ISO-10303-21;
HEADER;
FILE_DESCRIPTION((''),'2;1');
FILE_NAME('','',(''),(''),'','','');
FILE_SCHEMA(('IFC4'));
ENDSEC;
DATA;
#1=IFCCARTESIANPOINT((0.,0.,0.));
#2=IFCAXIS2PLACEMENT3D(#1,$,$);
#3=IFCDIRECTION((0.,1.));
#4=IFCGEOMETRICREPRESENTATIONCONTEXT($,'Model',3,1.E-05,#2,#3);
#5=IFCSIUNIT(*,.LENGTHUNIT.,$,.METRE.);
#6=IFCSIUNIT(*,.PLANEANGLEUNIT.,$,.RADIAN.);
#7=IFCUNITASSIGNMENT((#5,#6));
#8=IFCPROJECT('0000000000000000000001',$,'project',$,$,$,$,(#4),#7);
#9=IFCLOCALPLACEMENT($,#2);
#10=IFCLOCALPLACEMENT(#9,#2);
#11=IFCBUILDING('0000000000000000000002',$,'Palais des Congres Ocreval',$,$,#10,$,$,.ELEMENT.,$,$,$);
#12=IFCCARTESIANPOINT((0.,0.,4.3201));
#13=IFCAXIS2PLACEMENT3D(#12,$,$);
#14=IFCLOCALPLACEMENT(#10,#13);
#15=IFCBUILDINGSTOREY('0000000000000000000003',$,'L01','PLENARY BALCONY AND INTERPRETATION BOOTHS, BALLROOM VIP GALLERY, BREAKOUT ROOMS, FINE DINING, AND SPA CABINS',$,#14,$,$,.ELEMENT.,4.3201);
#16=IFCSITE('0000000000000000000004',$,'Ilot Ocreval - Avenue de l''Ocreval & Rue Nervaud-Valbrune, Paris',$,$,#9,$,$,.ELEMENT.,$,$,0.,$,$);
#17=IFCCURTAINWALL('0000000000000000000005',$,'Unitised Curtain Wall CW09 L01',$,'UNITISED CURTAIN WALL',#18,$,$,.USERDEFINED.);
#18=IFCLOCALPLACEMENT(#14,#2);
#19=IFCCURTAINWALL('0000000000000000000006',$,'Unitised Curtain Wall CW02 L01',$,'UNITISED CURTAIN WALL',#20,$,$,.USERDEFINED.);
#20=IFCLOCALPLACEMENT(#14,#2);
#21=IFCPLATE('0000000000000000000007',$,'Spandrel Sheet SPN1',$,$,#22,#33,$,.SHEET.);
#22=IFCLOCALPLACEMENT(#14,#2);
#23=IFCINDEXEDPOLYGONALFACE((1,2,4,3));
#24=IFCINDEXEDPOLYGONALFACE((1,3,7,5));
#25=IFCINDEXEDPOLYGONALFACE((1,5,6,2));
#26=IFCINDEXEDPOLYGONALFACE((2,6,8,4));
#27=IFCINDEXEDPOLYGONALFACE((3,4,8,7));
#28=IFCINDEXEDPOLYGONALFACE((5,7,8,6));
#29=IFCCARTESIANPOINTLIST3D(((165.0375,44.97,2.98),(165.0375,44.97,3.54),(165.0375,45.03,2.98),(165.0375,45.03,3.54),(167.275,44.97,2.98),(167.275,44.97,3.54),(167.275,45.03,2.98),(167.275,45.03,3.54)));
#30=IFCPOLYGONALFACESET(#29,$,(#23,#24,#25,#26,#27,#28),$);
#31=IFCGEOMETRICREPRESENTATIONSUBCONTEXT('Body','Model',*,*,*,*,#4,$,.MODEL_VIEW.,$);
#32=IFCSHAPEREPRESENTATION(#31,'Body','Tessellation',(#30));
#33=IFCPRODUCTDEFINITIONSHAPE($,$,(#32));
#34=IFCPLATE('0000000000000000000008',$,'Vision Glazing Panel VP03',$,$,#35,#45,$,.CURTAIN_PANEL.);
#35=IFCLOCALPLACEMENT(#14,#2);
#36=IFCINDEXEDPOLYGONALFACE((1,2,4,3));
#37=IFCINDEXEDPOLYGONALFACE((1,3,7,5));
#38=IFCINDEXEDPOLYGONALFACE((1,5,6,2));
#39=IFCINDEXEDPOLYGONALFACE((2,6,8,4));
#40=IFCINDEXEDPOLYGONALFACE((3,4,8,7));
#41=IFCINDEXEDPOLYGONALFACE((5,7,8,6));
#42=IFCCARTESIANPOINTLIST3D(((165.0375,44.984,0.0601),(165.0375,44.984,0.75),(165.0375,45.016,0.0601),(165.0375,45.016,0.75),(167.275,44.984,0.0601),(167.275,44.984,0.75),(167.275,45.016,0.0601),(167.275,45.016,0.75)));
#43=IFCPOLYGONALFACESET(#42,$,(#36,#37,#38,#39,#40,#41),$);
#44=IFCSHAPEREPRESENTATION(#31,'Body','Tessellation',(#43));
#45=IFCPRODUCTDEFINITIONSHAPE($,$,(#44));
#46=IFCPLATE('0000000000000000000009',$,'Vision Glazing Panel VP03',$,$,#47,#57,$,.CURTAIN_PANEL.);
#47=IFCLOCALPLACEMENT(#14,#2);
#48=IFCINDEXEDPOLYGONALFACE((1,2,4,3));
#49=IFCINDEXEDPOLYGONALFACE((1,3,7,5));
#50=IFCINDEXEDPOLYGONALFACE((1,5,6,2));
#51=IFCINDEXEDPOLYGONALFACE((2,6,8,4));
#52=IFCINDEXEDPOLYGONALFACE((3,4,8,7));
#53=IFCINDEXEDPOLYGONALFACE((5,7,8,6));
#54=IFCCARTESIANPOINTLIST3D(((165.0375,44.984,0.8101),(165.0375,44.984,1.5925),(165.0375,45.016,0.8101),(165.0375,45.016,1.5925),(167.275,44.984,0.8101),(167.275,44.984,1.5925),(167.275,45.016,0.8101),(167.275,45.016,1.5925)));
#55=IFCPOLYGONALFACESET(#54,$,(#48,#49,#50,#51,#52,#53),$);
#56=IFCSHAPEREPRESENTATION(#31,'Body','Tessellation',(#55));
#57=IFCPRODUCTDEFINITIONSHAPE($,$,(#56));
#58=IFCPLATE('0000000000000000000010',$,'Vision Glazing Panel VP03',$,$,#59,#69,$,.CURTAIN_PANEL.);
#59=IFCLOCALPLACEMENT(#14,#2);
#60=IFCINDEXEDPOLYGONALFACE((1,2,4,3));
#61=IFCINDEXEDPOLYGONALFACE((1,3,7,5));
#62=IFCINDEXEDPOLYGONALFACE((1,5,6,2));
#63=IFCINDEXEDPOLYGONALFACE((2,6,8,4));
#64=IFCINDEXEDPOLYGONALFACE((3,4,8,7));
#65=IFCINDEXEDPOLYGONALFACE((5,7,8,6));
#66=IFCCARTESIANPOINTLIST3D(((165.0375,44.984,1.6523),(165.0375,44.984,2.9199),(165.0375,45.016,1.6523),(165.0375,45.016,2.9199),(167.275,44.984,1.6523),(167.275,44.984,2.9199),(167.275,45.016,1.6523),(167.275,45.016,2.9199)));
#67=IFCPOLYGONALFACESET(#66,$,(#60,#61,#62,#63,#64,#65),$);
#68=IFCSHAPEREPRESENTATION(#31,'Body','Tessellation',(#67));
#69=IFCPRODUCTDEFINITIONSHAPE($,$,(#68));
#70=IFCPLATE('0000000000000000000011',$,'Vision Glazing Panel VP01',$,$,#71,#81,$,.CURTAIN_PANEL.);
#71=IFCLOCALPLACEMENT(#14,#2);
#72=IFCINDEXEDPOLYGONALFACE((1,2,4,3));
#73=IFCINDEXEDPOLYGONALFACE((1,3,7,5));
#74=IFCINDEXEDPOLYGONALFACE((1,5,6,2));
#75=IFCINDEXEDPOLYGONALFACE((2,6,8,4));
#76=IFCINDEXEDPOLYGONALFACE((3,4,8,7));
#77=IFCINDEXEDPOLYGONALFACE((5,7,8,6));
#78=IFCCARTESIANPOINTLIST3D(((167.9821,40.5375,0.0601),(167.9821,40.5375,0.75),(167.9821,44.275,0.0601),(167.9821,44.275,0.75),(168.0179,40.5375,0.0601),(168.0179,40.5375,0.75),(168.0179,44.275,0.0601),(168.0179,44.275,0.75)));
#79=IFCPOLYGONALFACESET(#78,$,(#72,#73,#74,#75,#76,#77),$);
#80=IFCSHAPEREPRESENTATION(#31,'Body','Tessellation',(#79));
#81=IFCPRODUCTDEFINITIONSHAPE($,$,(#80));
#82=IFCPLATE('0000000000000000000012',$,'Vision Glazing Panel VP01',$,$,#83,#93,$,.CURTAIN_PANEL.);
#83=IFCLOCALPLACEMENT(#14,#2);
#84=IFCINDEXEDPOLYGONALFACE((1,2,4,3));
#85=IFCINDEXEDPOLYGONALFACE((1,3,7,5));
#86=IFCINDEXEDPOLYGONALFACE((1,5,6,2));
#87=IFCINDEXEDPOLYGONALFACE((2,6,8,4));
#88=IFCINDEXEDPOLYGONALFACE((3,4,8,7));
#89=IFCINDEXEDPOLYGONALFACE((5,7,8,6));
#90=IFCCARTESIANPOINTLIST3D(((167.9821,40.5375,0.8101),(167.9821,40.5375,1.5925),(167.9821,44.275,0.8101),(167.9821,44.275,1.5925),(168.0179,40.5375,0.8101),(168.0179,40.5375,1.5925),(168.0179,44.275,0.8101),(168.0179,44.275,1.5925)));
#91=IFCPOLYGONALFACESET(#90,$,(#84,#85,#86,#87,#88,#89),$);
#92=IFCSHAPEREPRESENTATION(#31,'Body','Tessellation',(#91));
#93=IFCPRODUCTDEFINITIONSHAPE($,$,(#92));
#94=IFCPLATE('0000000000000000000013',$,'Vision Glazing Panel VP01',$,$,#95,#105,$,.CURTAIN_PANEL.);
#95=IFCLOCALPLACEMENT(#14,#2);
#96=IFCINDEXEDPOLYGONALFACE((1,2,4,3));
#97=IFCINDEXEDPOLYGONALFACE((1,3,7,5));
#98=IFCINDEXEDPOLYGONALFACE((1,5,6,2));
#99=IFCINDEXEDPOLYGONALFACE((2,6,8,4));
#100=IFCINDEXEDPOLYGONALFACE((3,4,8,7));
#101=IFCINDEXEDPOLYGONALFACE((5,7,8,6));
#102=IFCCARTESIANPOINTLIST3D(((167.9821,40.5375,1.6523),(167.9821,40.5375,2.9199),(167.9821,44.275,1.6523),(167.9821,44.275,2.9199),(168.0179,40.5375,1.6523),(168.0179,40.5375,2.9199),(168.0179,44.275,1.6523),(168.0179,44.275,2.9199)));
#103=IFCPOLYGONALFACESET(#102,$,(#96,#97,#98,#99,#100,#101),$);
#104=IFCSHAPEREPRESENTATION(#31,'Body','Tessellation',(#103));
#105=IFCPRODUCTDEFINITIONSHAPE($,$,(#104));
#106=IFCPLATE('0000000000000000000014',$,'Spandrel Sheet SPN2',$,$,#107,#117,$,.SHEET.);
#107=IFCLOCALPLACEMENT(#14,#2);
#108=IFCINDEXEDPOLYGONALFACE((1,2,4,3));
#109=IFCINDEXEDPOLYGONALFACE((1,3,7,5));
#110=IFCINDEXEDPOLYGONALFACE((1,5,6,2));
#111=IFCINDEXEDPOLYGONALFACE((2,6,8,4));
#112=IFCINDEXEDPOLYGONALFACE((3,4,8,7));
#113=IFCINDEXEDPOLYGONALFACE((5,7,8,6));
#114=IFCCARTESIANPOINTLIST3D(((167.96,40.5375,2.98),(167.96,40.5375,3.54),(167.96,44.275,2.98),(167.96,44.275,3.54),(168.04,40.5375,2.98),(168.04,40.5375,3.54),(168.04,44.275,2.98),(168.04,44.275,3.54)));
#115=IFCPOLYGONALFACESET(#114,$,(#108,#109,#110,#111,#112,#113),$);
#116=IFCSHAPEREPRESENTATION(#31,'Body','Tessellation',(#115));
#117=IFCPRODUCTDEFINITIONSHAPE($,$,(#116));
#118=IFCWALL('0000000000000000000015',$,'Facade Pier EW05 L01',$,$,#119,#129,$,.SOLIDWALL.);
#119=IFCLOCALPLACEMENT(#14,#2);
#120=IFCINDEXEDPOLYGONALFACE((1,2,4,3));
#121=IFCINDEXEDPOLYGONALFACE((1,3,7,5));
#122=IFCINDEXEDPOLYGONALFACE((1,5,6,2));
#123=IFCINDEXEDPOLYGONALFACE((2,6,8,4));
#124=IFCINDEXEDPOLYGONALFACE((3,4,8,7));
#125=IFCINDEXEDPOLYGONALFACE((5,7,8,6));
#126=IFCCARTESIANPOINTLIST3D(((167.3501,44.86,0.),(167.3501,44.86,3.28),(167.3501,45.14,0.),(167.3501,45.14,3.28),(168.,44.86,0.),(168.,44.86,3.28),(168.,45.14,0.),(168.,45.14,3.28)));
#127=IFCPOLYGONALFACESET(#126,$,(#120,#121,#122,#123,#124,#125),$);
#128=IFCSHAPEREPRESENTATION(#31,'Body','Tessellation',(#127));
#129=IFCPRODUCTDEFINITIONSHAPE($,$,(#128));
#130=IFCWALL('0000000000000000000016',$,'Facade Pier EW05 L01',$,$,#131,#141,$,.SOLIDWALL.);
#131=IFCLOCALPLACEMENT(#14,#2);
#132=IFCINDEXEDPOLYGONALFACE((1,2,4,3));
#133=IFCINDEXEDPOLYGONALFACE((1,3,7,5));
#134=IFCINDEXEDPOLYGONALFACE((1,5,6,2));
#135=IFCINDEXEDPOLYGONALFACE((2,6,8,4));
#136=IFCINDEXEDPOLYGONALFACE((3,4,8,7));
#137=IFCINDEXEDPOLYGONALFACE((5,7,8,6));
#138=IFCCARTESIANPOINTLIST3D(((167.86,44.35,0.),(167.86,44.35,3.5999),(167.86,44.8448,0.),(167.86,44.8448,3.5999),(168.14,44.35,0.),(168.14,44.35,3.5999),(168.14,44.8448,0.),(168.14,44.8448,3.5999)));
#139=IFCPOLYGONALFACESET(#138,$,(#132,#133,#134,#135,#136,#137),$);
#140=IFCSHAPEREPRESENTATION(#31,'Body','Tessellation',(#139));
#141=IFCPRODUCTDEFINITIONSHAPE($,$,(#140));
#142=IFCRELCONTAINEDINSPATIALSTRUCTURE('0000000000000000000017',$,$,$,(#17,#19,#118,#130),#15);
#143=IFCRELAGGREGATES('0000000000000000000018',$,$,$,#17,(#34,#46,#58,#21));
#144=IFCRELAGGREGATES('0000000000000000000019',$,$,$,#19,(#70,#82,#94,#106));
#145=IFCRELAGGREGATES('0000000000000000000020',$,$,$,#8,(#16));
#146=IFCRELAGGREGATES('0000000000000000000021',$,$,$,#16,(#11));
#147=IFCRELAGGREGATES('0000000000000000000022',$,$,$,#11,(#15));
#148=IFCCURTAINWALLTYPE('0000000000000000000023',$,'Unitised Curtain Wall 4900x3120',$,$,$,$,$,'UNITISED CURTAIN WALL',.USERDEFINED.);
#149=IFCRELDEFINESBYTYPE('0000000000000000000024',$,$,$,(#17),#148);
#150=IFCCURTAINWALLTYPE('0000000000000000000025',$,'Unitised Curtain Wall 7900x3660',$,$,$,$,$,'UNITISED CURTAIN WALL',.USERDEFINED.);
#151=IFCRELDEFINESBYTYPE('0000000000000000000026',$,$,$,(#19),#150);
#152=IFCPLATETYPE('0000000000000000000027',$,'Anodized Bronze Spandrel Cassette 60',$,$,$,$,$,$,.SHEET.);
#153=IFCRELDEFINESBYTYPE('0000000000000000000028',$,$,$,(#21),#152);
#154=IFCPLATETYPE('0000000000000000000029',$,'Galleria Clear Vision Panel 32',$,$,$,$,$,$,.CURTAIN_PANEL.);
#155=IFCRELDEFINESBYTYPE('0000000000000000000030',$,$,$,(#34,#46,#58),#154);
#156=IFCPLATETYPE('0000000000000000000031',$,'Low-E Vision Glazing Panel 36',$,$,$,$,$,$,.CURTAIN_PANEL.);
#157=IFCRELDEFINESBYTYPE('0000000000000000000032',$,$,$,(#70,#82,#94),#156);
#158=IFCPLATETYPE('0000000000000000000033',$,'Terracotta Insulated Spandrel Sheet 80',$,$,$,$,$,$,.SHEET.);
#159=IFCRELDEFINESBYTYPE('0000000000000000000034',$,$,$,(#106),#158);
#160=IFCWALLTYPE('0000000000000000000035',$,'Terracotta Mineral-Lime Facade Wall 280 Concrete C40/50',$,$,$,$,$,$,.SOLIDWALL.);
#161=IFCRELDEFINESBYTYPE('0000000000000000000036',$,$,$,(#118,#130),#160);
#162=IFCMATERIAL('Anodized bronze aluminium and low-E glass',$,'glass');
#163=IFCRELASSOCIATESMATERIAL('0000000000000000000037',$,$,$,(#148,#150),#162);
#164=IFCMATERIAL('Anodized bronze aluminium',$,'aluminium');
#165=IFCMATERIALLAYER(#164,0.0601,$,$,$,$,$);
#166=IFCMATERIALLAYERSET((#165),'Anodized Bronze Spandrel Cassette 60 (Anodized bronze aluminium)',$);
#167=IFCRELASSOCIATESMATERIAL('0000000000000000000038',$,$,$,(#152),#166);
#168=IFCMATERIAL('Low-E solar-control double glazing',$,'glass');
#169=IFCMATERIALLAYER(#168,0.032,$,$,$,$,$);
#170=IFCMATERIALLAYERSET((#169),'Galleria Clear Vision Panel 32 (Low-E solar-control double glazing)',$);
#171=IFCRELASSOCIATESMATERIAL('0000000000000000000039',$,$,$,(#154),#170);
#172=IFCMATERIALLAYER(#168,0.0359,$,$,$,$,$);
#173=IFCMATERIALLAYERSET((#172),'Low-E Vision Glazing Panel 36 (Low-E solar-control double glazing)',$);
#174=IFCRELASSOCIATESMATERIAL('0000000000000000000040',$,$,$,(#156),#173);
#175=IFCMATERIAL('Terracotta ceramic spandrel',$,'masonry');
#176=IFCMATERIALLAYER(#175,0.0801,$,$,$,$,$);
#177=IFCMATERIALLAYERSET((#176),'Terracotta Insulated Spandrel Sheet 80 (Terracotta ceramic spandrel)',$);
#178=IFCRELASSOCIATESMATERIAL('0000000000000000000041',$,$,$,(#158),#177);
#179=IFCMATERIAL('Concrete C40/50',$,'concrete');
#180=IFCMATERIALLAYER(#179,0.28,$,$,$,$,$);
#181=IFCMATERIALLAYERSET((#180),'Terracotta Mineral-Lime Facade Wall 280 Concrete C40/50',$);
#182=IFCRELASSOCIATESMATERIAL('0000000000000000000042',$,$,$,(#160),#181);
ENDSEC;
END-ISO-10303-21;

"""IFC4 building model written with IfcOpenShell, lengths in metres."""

from ifc_helpers import new_model, si_unit, direction, frame, frame_2d, origin, origin_2d, place, context, subcontext, project, spatial, rectangle, extrude, material, layer, layer_set, type_object, element, aggregate, save


model = new_model("IFC4")

# Units and contexts
model_context = context("Model", 3, precision=1e-05, world=origin(), true_north=direction((0.0, 1.0)))
body_context = subcontext(model_context, "Body", "Model", "MODEL_VIEW")
ifc_project = project(units=[si_unit("LENGTHUNIT", "METRE"), si_unit("PLANEANGLEUNIT", "RADIAN")], contexts=[model_context])

# Site, building, storey
site_placement = place(None, origin())
site = spatial("IfcSite", under=ifc_project, at=site_placement, Name="Ilot Ocreval - Avenue de l'Ocreval & Rue Nervaud-Valbrune, Paris", CompositionType="ELEMENT", RefElevation=0.0)
building_placement = place(site_placement, origin())
building = spatial("IfcBuilding", under=site, at=building_placement, Name="Palais des Congres Ocreval", CompositionType="ELEMENT")
storey_placement = place(building_placement, frame((0.0, 0.0, 4.3201)))
storey = spatial("IfcBuildingStorey", under=building, at=storey_placement, Name="L01", Description="PLENARY BALCONY AND INTERPRETATION BOOTHS, BALLROOM VIP GALLERY, BREAKOUT ROOMS, FINE DINING, AND SPA CABINS", CompositionType="ELEMENT", Elevation=4.3201)

# Curtain walls
ifc_material_1 = material(Name="Anodized bronze aluminium and low-E glass", Category="glass")
curtain_wall_type_1 = type_object("IfcCurtainWallType", Name="Unitised Curtain Wall 4900x3120", ElementType="UNITISED CURTAIN WALL", PredefinedType="USERDEFINED", material=ifc_material_1)
curtain_wall_1_placement = place(storey_placement, origin())
curtain_wall_1 = element("IfcCurtainWall", 1, at=curtain_wall_1_placement, inside=storey, type_object=curtain_wall_type_1, Name="Unitised Curtain Wall CW09 L01", ObjectType="UNITISED CURTAIN WALL", PredefinedType="USERDEFINED")
ifc_material_2 = material(Name="Anodized bronze aluminium", Category="aluminium")
curtain_wall_type_2 = type_object("IfcCurtainWallType", Name="Unitised Curtain Wall 7900x3660", ElementType="UNITISED CURTAIN WALL", PredefinedType="USERDEFINED", material=ifc_material_1)
curtain_wall_2_placement = place(storey_placement, origin())
curtain_wall_2 = element("IfcCurtainWall", 2, at=curtain_wall_2_placement, inside=storey, type_object=curtain_wall_type_2, Name="Unitised Curtain Wall CW02 L01", ObjectType="UNITISED CURTAIN WALL", PredefinedType="USERDEFINED")

# Plates
ifc_layer_1 = layer(ifc_material_2, 0.0601)
ifc_layer_set_1 = layer_set([ifc_layer_1], Name="Anodized Bronze Spandrel Cassette 60 (Anodized bronze aluminium)")
plate_type_1 = type_object("IfcPlateType", Name="Anodized Bronze Spandrel Cassette 60", PredefinedType="SHEET", material=ifc_layer_set_1)
plate_1_placement = place(storey_placement, frame((166.1562, 45.0, 2.98), z_axis=(0.0, 0.0, 1.0), x_axis=(1.0, 0.0, 0.0)))
plate_1 = element("IfcPlate", 3, at=plate_1_placement, type_object=plate_type_1, Name="Spandrel Sheet SPN1", PredefinedType="SHEET", context=body_context, shape_type="SweptSolid", body=[
    extrude(rectangle(XDim=2.2375, YDim=0.0601, at=origin_2d()), origin(), (0.0, 0.0, 1.0), 0.5601),
])
ifc_material_3 = material(Name="Low-E solar-control double glazing", Category="glass")
ifc_layer_2 = layer(ifc_material_3, 0.032)
ifc_layer_set_2 = layer_set([ifc_layer_2], Name="Galleria Clear Vision Panel 32 (Low-E solar-control double glazing)")
plate_type_2 = type_object("IfcPlateType", Name="Galleria Clear Vision Panel 32", PredefinedType="CURTAIN_PANEL", material=ifc_layer_set_2)
plate_2_placement = place(storey_placement, frame((166.1562, 45.0, 0.0601), z_axis=(0.0, 0.0, 1.0), x_axis=(1.0, 0.0, 0.0)))
plate_2 = element("IfcPlate", 4, at=plate_2_placement, type_object=plate_type_2, Name="Vision Glazing Panel VP03", PredefinedType="CURTAIN_PANEL", context=body_context, shape_type="SweptSolid", body=[
    extrude(rectangle(XDim=2.2375, YDim=0.032, at=origin_2d()), origin(), (0.0, 0.0, 1.0), 0.6899),
])
plate_3_placement = place(storey_placement, frame((166.1562, 45.0, 0.8101), z_axis=(0.0, 0.0, 1.0), x_axis=(1.0, 0.0, 0.0)))
plate_3 = element("IfcPlate", 5, at=plate_3_placement, type_object=plate_type_2, Name="Vision Glazing Panel VP03", PredefinedType="CURTAIN_PANEL", context=body_context, shape_type="SweptSolid", body=[
    extrude(rectangle(XDim=2.2375, YDim=0.032, at=origin_2d()), origin(), (0.0, 0.0, 1.0), 0.7825),
])
plate_4_placement = place(storey_placement, frame((166.1562, 45.0, 1.6523), z_axis=(0.0, 0.0, 1.0), x_axis=(1.0, 0.0, 0.0)))
plate_4 = element("IfcPlate", 6, at=plate_4_placement, type_object=plate_type_2, Name="Vision Glazing Panel VP03", PredefinedType="CURTAIN_PANEL", context=body_context, shape_type="SweptSolid", body=[
    extrude(rectangle(XDim=2.2375, YDim=0.032, at=origin_2d()), origin(), (0.0, 0.0, 1.0), 1.2676),
])
aggregate(curtain_wall_1, [plate_2, plate_3, plate_4, plate_1])
ifc_layer_3 = layer(ifc_material_3, 0.0359)
ifc_layer_set_3 = layer_set([ifc_layer_3], Name="Low-E Vision Glazing Panel 36 (Low-E solar-control double glazing)")
plate_type_3 = type_object("IfcPlateType", Name="Low-E Vision Glazing Panel 36", PredefinedType="CURTAIN_PANEL", material=ifc_layer_set_3)
plate_5_placement = place(storey_placement, frame((168.0, 42.4062, 0.0601), z_axis=(0.0, 0.0, 1.0), x_axis=(0.0, -1.0, 0.0)))
plate_5 = element("IfcPlate", 7, at=plate_5_placement, type_object=plate_type_3, Name="Vision Glazing Panel VP01", PredefinedType="CURTAIN_PANEL", context=body_context, shape_type="SweptSolid", body=[
    extrude(rectangle(XDim=3.7375, YDim=0.0359, at=origin_2d()), origin(), (0.0, 0.0, 1.0), 0.6899),
])
plate_6_placement = place(storey_placement, frame((168.0, 42.4062, 0.8101), z_axis=(0.0, 0.0, 1.0), x_axis=(0.0, -1.0, 0.0)))
plate_6 = element("IfcPlate", 8, at=plate_6_placement, type_object=plate_type_3, Name="Vision Glazing Panel VP01", PredefinedType="CURTAIN_PANEL", context=body_context, shape_type="SweptSolid", body=[
    extrude(rectangle(XDim=3.7375, YDim=0.0359, at=origin_2d()), origin(), (0.0, 0.0, 1.0), 0.7825),
])
plate_7_placement = place(storey_placement, frame((168.0, 42.4062, 1.6523), z_axis=(0.0, 0.0, 1.0), x_axis=(0.0, -1.0, 0.0)))
plate_7 = element("IfcPlate", 9, at=plate_7_placement, type_object=plate_type_3, Name="Vision Glazing Panel VP01", PredefinedType="CURTAIN_PANEL", context=body_context, shape_type="SweptSolid", body=[
    extrude(rectangle(XDim=3.7375, YDim=0.0359, at=origin_2d()), origin(), (0.0, 0.0, 1.0), 1.2676),
])
ifc_material_4 = material(Name="Terracotta ceramic spandrel", Category="masonry")
ifc_layer_4 = layer(ifc_material_4, 0.0801)
ifc_layer_set_4 = layer_set([ifc_layer_4], Name="Terracotta Insulated Spandrel Sheet 80 (Terracotta ceramic spandrel)")
plate_type_4 = type_object("IfcPlateType", Name="Terracotta Insulated Spandrel Sheet 80", PredefinedType="SHEET", material=ifc_layer_set_4)
plate_8_placement = place(storey_placement, frame((168.0, 42.4062, 2.98), z_axis=(0.0, 0.0, 1.0), x_axis=(0.0, -1.0, 0.0)))
plate_8 = element("IfcPlate", 10, at=plate_8_placement, type_object=plate_type_4, Name="Spandrel Sheet SPN2", PredefinedType="SHEET", context=body_context, shape_type="SweptSolid", body=[
    extrude(rectangle(XDim=3.7375, YDim=0.0801, at=origin_2d()), origin(), (0.0, 0.0, 1.0), 0.5601),
])
aggregate(curtain_wall_2, [plate_5, plate_6, plate_7, plate_8])

# Walls
ifc_material_5 = material(Name="Concrete C40/50", Category="concrete")
ifc_layer_5 = layer(ifc_material_5, 0.28)
ifc_layer_set_5 = layer_set([ifc_layer_5], Name="Terracotta Mineral-Lime Facade Wall 280 Concrete C40/50")
wall_type = type_object("IfcWallType", Name="Terracotta Mineral-Lime Facade Wall 280 Concrete C40/50", PredefinedType="SOLIDWALL", material=ifc_layer_set_5)
wall_1_placement = place(storey_placement, frame((167.3501, 45.0, 0.0), z_axis=(0.0, 0.0, 1.0), x_axis=(1.0, 0.0, 0.0)))
element("IfcWall", 11, at=wall_1_placement, inside=storey, type_object=wall_type, Name="Facade Pier EW05 L01", PredefinedType="SOLIDWALL", context=body_context, shape_type="SweptSolid", body=[
    extrude(rectangle(XDim=0.6499, YDim=0.28, at=frame_2d((0.325, 0.0))), origin(), (0.0, 0.0, 1.0), 3.28),
])
wall_2_placement = place(storey_placement, frame((168.0, 44.845, 0.0), z_axis=(0.0, 0.0, 1.0), x_axis=(0.0, -1.0, 0.0)))
element("IfcWall", 12, at=wall_2_placement, inside=storey, type_object=wall_type, Name="Facade Pier EW05 L01", PredefinedType="SOLIDWALL", context=body_context, shape_type="SweptSolid", body=[
    extrude(rectangle(XDim=0.4949, YDim=0.28, at=frame_2d((0.2476, 0.0))), origin(), (0.0, 0.0, 1.0), 3.5999),
])

save(model, "model.ifc")
